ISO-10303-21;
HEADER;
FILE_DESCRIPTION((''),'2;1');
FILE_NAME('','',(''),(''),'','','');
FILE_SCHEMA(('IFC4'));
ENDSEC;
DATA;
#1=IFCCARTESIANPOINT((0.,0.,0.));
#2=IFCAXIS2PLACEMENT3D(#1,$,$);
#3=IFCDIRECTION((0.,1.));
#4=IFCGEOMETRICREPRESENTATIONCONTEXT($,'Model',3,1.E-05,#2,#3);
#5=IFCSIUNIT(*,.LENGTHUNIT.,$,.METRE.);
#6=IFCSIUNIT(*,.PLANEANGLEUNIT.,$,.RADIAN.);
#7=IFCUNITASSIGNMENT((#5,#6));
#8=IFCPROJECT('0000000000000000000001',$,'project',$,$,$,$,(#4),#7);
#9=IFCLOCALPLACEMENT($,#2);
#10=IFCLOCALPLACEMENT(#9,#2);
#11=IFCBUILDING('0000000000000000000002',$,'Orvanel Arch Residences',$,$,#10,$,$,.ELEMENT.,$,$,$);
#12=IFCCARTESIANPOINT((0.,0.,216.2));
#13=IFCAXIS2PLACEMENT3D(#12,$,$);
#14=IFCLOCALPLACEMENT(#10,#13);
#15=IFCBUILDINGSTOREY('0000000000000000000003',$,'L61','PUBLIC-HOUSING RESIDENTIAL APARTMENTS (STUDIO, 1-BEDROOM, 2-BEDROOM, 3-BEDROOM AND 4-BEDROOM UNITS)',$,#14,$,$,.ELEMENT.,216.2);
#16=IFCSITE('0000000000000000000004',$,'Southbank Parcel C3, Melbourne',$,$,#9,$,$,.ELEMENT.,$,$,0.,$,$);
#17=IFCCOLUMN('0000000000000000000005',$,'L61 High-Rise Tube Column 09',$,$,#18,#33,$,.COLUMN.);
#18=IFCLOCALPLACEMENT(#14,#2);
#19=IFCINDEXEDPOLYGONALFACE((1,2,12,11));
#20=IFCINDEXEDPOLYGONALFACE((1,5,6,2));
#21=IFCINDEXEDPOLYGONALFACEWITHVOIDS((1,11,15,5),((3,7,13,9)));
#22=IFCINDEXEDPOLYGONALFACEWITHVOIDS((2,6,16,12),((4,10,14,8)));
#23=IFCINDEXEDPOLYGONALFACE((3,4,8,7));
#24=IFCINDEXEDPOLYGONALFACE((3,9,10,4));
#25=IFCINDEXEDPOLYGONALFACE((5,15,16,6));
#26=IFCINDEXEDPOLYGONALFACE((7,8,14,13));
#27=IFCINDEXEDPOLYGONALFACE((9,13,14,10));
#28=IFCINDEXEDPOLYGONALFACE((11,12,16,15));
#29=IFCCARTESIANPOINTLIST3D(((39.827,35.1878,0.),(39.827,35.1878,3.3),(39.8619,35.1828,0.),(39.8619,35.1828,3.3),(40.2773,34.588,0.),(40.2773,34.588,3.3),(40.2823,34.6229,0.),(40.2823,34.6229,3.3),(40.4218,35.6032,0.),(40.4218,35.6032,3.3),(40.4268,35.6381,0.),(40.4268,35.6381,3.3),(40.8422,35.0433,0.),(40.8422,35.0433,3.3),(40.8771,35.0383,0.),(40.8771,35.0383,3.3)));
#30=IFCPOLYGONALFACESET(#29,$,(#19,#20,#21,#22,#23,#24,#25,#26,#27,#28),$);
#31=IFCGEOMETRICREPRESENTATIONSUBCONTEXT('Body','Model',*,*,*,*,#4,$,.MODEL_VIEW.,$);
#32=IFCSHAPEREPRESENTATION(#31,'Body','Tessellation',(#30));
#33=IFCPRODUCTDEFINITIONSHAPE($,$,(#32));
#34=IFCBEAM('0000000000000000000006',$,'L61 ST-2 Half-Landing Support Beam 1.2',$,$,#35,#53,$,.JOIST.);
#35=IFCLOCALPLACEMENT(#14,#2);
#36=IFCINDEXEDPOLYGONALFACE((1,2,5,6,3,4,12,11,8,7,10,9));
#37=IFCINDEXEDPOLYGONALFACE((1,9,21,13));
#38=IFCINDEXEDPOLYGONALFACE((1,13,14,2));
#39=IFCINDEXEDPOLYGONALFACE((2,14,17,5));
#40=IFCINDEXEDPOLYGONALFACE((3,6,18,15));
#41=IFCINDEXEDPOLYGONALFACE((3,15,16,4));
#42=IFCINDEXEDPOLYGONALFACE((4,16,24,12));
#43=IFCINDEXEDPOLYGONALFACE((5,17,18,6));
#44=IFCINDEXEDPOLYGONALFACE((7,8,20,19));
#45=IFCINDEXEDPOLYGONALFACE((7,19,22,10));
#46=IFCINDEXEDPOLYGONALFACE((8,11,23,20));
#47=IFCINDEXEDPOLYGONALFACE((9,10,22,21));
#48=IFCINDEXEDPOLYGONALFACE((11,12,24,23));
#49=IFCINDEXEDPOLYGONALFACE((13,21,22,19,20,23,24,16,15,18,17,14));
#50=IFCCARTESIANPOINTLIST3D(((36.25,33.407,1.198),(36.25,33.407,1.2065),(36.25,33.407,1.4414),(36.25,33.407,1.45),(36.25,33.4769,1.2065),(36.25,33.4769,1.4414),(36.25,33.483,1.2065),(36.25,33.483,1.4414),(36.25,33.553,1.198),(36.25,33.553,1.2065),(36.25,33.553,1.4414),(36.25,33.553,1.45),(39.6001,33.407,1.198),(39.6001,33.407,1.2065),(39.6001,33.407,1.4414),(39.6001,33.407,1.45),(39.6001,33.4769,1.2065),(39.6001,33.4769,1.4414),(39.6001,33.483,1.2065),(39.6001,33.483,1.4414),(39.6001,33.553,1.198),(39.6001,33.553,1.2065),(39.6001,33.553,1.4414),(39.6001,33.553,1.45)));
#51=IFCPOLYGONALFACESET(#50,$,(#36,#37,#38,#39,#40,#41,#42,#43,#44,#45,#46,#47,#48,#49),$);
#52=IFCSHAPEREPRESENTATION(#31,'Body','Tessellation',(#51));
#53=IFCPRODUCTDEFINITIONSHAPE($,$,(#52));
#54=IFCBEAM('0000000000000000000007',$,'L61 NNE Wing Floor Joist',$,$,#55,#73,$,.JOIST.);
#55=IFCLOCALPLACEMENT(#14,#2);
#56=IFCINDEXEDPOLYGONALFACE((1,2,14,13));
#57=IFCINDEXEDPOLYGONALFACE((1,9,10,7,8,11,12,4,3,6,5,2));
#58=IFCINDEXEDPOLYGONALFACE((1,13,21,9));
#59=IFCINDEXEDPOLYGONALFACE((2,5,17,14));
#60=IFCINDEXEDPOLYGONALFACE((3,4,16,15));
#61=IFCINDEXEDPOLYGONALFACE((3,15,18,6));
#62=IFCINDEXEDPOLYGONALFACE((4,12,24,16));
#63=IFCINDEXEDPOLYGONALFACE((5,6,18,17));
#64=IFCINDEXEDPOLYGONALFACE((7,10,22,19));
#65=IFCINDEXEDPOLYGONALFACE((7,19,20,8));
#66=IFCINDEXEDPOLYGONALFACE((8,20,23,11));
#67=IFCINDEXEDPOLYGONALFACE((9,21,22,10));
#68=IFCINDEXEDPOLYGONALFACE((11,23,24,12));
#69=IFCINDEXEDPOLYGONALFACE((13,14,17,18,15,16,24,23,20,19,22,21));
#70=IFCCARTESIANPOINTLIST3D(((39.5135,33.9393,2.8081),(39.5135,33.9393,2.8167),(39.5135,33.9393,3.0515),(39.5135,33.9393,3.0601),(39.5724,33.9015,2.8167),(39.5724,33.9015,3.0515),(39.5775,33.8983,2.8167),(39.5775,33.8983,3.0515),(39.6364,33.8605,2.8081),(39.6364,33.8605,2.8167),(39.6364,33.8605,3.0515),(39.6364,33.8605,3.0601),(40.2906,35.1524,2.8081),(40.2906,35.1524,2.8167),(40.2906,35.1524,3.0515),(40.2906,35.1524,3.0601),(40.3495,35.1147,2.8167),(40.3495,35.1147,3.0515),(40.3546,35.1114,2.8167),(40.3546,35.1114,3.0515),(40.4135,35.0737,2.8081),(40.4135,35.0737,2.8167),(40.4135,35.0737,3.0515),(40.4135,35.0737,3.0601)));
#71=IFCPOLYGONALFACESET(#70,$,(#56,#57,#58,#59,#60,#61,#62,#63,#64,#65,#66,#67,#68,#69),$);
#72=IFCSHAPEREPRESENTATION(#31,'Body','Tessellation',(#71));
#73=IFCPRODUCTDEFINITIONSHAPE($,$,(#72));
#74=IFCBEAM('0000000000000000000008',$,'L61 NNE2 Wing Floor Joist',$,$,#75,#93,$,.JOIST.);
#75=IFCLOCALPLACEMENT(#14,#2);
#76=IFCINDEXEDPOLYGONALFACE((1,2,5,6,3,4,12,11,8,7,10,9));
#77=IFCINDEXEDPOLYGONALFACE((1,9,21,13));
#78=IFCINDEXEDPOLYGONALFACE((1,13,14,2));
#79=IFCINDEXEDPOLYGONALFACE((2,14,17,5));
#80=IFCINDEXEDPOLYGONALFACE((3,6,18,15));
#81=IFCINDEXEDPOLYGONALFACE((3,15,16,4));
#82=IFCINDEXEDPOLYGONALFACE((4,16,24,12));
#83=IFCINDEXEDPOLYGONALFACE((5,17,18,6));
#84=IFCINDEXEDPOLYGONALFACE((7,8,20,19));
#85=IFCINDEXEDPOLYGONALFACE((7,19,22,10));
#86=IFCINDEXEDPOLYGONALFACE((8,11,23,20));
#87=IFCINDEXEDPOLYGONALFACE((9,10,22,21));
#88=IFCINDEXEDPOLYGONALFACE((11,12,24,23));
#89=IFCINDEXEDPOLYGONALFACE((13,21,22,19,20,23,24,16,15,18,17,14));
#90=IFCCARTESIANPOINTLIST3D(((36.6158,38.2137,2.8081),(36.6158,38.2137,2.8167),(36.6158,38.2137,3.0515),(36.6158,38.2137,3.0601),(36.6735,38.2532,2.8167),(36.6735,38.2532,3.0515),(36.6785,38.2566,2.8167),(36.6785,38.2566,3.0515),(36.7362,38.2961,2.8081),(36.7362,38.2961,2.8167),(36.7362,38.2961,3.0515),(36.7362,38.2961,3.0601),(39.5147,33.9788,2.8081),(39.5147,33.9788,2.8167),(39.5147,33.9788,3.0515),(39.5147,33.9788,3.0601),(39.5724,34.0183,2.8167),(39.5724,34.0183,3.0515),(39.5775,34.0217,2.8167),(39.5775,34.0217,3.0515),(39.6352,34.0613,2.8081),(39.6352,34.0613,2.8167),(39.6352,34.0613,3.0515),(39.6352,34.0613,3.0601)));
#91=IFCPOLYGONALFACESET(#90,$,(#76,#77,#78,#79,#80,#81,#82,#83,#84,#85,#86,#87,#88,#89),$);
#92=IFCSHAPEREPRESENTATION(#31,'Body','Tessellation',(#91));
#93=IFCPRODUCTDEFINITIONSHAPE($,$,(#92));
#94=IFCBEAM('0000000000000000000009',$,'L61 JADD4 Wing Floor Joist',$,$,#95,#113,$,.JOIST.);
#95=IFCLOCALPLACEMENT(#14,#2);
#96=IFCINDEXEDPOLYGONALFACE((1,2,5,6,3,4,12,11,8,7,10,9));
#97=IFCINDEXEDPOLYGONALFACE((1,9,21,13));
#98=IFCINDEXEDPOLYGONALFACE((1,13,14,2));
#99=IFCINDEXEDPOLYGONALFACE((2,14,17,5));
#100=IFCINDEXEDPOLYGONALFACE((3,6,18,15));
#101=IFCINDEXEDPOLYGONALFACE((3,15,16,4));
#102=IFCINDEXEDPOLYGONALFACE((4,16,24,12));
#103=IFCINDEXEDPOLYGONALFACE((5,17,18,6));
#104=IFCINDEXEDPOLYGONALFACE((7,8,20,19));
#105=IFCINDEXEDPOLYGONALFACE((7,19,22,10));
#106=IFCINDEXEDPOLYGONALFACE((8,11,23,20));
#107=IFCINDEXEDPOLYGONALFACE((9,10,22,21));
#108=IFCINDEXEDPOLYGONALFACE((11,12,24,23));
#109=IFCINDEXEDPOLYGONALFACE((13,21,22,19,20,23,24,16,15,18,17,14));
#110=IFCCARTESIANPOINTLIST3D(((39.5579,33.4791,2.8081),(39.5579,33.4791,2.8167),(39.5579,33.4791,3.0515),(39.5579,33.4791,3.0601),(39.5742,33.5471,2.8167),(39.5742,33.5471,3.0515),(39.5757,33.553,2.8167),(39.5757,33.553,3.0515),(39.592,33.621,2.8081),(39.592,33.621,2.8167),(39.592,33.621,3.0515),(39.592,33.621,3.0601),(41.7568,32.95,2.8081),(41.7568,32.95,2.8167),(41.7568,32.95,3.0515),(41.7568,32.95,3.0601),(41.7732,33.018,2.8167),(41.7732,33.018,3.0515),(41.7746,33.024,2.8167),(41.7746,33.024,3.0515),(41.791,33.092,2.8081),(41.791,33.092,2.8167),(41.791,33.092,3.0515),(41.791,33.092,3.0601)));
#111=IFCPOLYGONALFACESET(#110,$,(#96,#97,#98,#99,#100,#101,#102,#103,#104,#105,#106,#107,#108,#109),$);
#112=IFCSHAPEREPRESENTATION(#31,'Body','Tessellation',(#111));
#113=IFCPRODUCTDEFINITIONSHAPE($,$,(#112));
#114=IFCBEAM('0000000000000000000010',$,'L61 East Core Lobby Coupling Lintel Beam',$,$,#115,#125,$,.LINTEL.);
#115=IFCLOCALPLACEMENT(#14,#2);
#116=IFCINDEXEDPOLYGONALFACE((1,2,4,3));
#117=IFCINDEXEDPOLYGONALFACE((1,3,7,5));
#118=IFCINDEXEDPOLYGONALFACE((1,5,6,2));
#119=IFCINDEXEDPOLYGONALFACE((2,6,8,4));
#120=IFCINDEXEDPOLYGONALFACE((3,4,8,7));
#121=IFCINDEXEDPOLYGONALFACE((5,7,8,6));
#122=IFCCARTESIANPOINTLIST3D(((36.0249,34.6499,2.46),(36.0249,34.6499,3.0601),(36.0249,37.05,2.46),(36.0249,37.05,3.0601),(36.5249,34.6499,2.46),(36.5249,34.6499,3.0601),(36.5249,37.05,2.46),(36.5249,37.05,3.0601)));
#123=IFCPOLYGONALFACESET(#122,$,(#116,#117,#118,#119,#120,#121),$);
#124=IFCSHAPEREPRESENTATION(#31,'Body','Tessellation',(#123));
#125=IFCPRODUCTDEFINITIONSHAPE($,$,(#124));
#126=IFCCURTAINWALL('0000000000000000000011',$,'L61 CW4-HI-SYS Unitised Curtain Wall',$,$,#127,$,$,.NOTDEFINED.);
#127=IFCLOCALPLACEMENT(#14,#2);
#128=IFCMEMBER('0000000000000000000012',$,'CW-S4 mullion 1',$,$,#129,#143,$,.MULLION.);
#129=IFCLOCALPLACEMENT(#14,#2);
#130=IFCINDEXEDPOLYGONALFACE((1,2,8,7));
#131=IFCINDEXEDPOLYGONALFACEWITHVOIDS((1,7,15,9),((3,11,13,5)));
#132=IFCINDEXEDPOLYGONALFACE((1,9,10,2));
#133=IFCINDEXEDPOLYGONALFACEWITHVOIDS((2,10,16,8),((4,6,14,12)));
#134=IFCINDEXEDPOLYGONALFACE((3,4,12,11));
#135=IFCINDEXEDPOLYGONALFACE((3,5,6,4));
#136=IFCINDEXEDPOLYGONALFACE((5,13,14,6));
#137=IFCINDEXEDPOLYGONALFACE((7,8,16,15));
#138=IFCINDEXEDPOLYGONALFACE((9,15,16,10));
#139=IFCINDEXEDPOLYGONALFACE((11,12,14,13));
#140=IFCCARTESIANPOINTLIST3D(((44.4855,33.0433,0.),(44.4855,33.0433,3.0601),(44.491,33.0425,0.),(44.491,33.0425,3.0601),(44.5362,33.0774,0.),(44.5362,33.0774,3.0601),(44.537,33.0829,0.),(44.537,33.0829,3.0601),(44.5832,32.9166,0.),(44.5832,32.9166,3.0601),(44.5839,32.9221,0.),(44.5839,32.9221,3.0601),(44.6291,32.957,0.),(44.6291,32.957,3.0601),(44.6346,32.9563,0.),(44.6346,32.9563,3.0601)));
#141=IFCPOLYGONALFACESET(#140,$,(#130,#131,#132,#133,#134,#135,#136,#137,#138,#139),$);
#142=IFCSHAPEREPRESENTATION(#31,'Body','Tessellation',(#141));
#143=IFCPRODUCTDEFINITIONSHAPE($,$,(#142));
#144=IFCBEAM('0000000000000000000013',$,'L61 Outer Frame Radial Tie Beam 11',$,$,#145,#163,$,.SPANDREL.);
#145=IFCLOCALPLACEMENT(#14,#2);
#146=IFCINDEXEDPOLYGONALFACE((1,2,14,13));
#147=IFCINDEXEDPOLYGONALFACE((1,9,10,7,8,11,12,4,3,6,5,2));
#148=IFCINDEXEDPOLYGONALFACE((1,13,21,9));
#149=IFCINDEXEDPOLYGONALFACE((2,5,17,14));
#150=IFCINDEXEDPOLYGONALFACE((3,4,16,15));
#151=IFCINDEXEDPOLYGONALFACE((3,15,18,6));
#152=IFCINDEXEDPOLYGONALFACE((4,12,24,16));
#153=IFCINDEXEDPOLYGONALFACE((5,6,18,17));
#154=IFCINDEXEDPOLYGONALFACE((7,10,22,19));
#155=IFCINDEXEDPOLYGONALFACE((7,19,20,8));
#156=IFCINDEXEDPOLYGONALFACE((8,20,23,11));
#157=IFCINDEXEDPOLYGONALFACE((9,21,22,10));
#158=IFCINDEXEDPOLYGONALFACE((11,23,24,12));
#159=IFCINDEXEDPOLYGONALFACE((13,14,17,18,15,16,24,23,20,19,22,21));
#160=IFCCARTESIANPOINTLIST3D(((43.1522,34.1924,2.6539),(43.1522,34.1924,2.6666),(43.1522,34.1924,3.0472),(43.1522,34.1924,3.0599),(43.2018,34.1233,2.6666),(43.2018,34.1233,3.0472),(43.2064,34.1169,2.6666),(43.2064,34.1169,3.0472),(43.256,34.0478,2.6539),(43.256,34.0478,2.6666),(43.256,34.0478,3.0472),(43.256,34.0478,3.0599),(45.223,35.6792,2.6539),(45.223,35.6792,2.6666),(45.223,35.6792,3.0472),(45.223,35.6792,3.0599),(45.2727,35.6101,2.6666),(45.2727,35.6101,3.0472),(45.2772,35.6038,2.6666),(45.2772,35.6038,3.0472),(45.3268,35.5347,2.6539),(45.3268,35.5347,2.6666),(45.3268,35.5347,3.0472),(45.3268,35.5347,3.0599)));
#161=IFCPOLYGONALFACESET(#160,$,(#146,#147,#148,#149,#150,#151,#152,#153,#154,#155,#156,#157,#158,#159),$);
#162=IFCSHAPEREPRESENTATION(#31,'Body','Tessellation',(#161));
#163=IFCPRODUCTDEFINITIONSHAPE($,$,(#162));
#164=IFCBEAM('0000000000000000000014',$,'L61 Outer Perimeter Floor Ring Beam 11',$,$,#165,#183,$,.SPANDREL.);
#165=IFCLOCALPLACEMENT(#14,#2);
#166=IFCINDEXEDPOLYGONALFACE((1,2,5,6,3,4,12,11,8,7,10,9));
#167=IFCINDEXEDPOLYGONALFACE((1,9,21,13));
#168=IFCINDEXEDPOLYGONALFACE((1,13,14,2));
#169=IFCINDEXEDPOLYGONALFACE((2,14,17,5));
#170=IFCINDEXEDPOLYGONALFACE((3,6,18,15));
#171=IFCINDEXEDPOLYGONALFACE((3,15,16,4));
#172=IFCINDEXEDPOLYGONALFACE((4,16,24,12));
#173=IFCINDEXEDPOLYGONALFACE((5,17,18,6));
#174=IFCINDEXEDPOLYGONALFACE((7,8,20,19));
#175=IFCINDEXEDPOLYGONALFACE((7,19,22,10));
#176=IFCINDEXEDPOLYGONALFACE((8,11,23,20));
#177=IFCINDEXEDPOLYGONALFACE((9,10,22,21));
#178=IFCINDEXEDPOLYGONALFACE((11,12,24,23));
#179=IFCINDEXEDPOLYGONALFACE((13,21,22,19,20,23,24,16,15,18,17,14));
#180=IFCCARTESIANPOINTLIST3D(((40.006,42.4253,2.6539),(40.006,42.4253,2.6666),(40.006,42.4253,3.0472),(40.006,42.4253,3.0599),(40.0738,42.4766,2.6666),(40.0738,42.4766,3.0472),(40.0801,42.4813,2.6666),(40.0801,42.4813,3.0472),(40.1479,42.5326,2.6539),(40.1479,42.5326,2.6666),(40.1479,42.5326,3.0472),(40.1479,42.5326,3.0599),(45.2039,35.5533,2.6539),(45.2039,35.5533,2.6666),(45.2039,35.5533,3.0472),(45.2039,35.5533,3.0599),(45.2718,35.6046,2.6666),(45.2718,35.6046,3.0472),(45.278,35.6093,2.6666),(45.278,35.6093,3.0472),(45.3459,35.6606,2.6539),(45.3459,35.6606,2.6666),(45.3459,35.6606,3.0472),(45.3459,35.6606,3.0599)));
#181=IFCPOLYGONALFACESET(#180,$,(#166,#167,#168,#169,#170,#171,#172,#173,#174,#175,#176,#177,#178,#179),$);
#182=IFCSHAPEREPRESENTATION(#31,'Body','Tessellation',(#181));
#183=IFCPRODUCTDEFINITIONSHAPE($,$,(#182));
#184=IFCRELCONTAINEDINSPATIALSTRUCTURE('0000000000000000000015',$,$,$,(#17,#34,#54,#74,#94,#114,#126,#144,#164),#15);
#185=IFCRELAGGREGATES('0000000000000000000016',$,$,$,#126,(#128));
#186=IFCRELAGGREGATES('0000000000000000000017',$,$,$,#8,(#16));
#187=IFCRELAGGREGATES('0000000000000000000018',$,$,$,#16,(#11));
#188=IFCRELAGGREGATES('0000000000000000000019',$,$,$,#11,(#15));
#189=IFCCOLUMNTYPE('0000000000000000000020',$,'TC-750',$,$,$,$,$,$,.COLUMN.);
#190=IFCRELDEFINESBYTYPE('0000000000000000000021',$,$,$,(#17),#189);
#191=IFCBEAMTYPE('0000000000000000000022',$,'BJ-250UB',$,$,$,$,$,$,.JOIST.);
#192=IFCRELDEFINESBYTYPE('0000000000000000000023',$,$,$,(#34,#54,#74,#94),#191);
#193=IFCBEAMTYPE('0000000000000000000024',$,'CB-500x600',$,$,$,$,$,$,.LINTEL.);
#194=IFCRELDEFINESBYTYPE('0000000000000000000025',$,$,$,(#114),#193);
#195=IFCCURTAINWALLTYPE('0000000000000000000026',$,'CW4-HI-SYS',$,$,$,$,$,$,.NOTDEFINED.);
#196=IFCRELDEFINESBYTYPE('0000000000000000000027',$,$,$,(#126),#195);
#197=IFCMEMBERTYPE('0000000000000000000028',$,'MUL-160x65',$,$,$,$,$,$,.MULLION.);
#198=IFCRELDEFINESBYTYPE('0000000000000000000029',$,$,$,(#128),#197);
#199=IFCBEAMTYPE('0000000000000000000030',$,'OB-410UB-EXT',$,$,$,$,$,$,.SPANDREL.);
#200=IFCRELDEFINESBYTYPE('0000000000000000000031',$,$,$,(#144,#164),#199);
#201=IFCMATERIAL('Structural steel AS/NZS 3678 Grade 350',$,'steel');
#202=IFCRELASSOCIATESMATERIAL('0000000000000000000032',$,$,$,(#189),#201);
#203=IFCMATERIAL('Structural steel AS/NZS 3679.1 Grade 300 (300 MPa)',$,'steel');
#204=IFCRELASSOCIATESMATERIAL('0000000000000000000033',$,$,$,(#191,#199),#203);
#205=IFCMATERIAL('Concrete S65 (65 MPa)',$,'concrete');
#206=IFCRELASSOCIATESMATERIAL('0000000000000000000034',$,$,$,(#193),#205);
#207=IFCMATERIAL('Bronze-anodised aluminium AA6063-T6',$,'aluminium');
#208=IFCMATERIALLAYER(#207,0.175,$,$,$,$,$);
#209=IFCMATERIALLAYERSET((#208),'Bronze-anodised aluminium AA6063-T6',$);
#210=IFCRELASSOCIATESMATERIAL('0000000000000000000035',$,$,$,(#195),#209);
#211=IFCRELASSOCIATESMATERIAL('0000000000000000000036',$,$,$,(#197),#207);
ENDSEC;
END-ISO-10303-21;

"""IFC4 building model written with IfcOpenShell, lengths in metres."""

from ifc_helpers import new_model, si_unit, direction, frame, origin, origin_2d, place, context, subcontext, project, spatial, rectangle, hollow_rectangle, i_section, extrude, material, layer, layer_set, material_profile, profile_set, type_object, element, aggregate, save


model = new_model("IFC4")

# Units and contexts
model_context = context("Model", 3, precision=1e-05, world=origin(), true_north=direction((0.0, 1.0)))
body_context = subcontext(model_context, "Body", "Model", "MODEL_VIEW")
ifc_project = project(units=[si_unit("LENGTHUNIT", "METRE"), si_unit("PLANEANGLEUNIT", "RADIAN")], contexts=[model_context])

# Site, building, storey
site_placement = place(None, origin())
site = spatial("IfcSite", under=ifc_project, at=site_placement, Name="Southbank Parcel C3, Melbourne", CompositionType="ELEMENT", RefElevation=0.0)
building_placement = place(site_placement, origin())
building = spatial("IfcBuilding", under=site, at=building_placement, Name="Orvanel Arch Residences", CompositionType="ELEMENT")
storey_placement = place(building_placement, frame((0.0, 0.0, 216.2)))
storey = spatial("IfcBuildingStorey", under=building, at=storey_placement, Name="L61", Description="PUBLIC-HOUSING RESIDENTIAL APARTMENTS (STUDIO, 1-BEDROOM, 2-BEDROOM, 3-BEDROOM AND 4-BEDROOM UNITS)", CompositionType="ELEMENT", Elevation=216.2)

# Column
ifc_material_1 = material(Name="Structural steel AS/NZS 3678 Grade 350", Category="steel")
ifc_material_profile_1 = material_profile(ifc_material_1, hollow_rectangle(XDim=0.75, YDim=0.75, WallThickness=0.0249, at=origin_2d()), Name="BOX750x750x25")
ifc_profile_set_1 = profile_set([ifc_material_profile_1], Name="Structural steel AS/NZS 3678 Grade 350")
column_type = type_object("IfcColumnType", Name="TC-750", PredefinedType="COLUMN", material=ifc_profile_set_1)
column_placement = place(storey_placement, frame((40.3521, 35.113, 0.0), z_axis=(0.0, 0.0, 1.0), x_axis=(-0.60042, 0.799685, 0.0)))
element("IfcColumn", 1, at=column_placement, inside=storey, type_object=column_type, Name="L61 High-Rise Tube Column 09", PredefinedType="COLUMN", context=body_context, shape_type="SweptSolid", body=[
    extrude(hollow_rectangle(XDim=0.75, YDim=0.75, WallThickness=0.0249, at=origin_2d()), origin(), (0.0, 0.0, 1.0), 3.3),
])

# Beams
ifc_material_2 = material(Name="Structural steel AS/NZS 3679.1 Grade 300 (300 MPa)", Category="steel")
ifc_material_profile_2 = material_profile(ifc_material_2, i_section(OverallWidth=0.146, OverallDepth=0.252, WebThickness=0.0061, FlangeThickness=0.0085, at=origin_2d()), Name="250UB31.4")
ifc_profile_set_2 = profile_set([ifc_material_profile_2], Name="Structural steel AS/NZS 3679.1 Grade 300 (300 MPa)")
beam_type_1 = type_object("IfcBeamType", Name="BJ-250UB", PredefinedType="JOIST", material=ifc_profile_set_2)
beam_1_placement = place(storey_placement, frame((36.25, 33.48, 1.324), z_axis=(1.0, 0.0, 0.0), x_axis=(0.0, 1.0, 0.0)))
element("IfcBeam", 2, at=beam_1_placement, inside=storey, type_object=beam_type_1, Name="L61 ST-2 Half-Landing Support Beam 1.2", PredefinedType="JOIST", context=body_context, shape_type="SweptSolid", body=[
    extrude(i_section(OverallWidth=0.146, OverallDepth=0.252, WebThickness=0.0061, FlangeThickness=0.0085, at=origin_2d()), origin(), (0.0, 0.0, 1.0), 3.3501),
])
beam_2_placement = place(storey_placement, frame((39.575, 33.8999, 2.9341), z_axis=(0.539395, 0.842053, 0.0), x_axis=(-0.842053, 0.539395, 0.0)))
element("IfcBeam", 3, at=beam_2_placement, inside=storey, type_object=beam_type_1, Name="L61 NNE Wing Floor Joist", PredefinedType="JOIST", context=body_context, shape_type="SweptSolid", body=[
    extrude(i_section(OverallWidth=0.146, OverallDepth=0.252, WebThickness=0.0061, FlangeThickness=0.0085, at=origin_2d()), origin(), (0.0, 0.0, 1.0), 1.4407),
])
beam_3_placement = place(storey_placement, frame((39.575, 34.02, 2.9341), z_axis=(-0.564868, 0.825181, 0.0), x_axis=(-0.825181, -0.564868, 0.0)))
element("IfcBeam", 4, at=beam_3_placement, inside=storey, type_object=beam_type_1, Name="L61 NNE2 Wing Floor Joist", PredefinedType="JOIST", context=body_context, shape_type="SweptSolid", body=[
    extrude(i_section(OverallWidth=0.146, OverallDepth=0.252, WebThickness=0.0061, FlangeThickness=0.0085, at=origin_2d()), origin(), (0.0, 0.0, 1.0), 5.1321),
])
beam_4_placement = place(storey_placement, frame((39.575, 33.55, 2.9341), z_axis=(0.972257, -0.233916, 0.0), x_axis=(0.233916, 0.972257, 0.0)))
element("IfcBeam", 5, at=beam_4_placement, inside=storey, type_object=beam_type_1, Name="L61 JADD4 Wing Floor Joist", PredefinedType="JOIST", context=body_context, shape_type="SweptSolid", body=[
    extrude(i_section(OverallWidth=0.146, OverallDepth=0.252, WebThickness=0.0061, FlangeThickness=0.0085, at=origin_2d()), origin(), (0.0, 0.0, 1.0), 2.2617),
])
ifc_material_3 = material(Name="Concrete S65 (65 MPa)", Category="concrete")
ifc_material_profile_3 = material_profile(ifc_material_3, rectangle(XDim=0.5, YDim=0.6001, at=origin_2d()), Name="RC500x600")
ifc_profile_set_3 = profile_set([ifc_material_profile_3], Name="Concrete S65 (65 MPa)")
beam_type_2 = type_object("IfcBeamType", Name="CB-500x600", PredefinedType="LINTEL", material=ifc_profile_set_3)
beam_5_placement = place(storey_placement, frame((36.2749, 34.6499, 2.76), z_axis=(0.0, 1.0, 0.0), x_axis=(-1.0, 0.0, 0.0)))
element("IfcBeam", 6, at=beam_5_placement, inside=storey, type_object=beam_type_2, Name="L61 East Core Lobby Coupling Lintel Beam", PredefinedType="LINTEL", context=body_context, shape_type="SweptSolid", body=[
    extrude(rectangle(XDim=0.5, YDim=0.6001, at=origin_2d()), origin(), (0.0, 0.0, 1.0), 2.4001),
])

# Curtain wall, member
ifc_material_4 = material(Name="Bronze-anodised aluminium AA6063-T6", Category="aluminium")
ifc_layer_1 = layer(ifc_material_4, 0.175)
ifc_layer_set_1 = layer_set([ifc_layer_1], Name="Bronze-anodised aluminium AA6063-T6")
curtain_wall_type = type_object("IfcCurtainWallType", Name="CW4-HI-SYS", PredefinedType="NOTDEFINED", material=ifc_layer_set_1)
curtain_wall_placement = place(storey_placement, origin())
curtain_wall = element("IfcCurtainWall", 7, at=curtain_wall_placement, inside=storey, type_object=curtain_wall_type, Name="L61 CW4-HI-SYS Unitised Curtain Wall", PredefinedType="NOTDEFINED")
ifc_material_profile_4 = material_profile(ifc_material_4, hollow_rectangle(XDim=0.0649, YDim=0.1599, WallThickness=0.0039, at=origin_2d()), Name="ALU160x65x4")
ifc_profile_set_4 = profile_set([ifc_material_profile_4], Name="Bronze-anodised aluminium AA6063-T6")
member_type_1 = type_object("IfcMemberType", Name="MUL-160x65", PredefinedType="MULLION", material=ifc_profile_set_4)
member_1_placement = place(storey_placement, frame((44.5601, 32.9998, 0.0), z_axis=(0.0, 0.0, 1.0), x_axis=(-0.791976, -0.610553, 0.0)))
member_1 = element("IfcMember", 8, at=member_1_placement, type_object=member_type_1, Name="CW-S4 mullion 1", PredefinedType="MULLION", context=body_context, shape_type="SweptSolid", body=[
    extrude(hollow_rectangle(XDim=0.0649, YDim=0.1599, WallThickness=0.0039, at=origin_2d()), origin(), (0.0, 0.0, 1.0), 3.0601),
])

# Beams
ifc_material_profile_5 = material_profile(ifc_material_2, i_section(OverallWidth=0.178, OverallDepth=0.406, WebThickness=0.0078, FlangeThickness=0.0127, at=origin_2d()), Name="410UB59.7")
ifc_profile_set_5 = profile_set([ifc_material_profile_5], Name="Structural steel AS/NZS 3679.1 Grade 300 (300 MPa)")
beam_type_3 = type_object("IfcBeamType", Name="OB-410UB-EXT", PredefinedType="SPANDREL", material=ifc_profile_set_5)
beam_6_placement = place(storey_placement, frame((43.2041, 34.1201, 2.8569), z_axis=(0.812307, 0.583229, 0.0), x_axis=(-0.583229, 0.812307, 0.0)))
element("IfcBeam", 9, at=beam_6_placement, inside=storey, type_object=beam_type_3, Name="L61 Outer Frame Radial Tie Beam 11", PredefinedType="SPANDREL", context=body_context, shape_type="SweptSolid", body=[
    extrude(i_section(OverallWidth=0.178, OverallDepth=0.406, WebThickness=0.0078, FlangeThickness=0.0127, at=origin_2d()), origin(), (0.0, 0.0, 1.0), 2.5493),
])
beam_7_placement = place(storey_placement, frame((45.2749, 35.6069, 2.8569), z_axis=(-0.603259, 0.797545, 0.0), x_axis=(-0.797545, -0.603259, 0.0)))
element("IfcBeam", 10, at=beam_7_placement, inside=storey, type_object=beam_type_3, Name="L61 Outer Perimeter Floor Ring Beam 11", PredefinedType="SPANDREL", context=body_context, shape_type="SweptSolid", body=[
    extrude(i_section(OverallWidth=0.178, OverallDepth=0.406, WebThickness=0.0078, FlangeThickness=0.0127, at=origin_2d()), origin(), (0.0, 0.0, 1.0), 8.6165),
])

aggregate(curtain_wall, [member_1])

save(model, "model.ifc")
